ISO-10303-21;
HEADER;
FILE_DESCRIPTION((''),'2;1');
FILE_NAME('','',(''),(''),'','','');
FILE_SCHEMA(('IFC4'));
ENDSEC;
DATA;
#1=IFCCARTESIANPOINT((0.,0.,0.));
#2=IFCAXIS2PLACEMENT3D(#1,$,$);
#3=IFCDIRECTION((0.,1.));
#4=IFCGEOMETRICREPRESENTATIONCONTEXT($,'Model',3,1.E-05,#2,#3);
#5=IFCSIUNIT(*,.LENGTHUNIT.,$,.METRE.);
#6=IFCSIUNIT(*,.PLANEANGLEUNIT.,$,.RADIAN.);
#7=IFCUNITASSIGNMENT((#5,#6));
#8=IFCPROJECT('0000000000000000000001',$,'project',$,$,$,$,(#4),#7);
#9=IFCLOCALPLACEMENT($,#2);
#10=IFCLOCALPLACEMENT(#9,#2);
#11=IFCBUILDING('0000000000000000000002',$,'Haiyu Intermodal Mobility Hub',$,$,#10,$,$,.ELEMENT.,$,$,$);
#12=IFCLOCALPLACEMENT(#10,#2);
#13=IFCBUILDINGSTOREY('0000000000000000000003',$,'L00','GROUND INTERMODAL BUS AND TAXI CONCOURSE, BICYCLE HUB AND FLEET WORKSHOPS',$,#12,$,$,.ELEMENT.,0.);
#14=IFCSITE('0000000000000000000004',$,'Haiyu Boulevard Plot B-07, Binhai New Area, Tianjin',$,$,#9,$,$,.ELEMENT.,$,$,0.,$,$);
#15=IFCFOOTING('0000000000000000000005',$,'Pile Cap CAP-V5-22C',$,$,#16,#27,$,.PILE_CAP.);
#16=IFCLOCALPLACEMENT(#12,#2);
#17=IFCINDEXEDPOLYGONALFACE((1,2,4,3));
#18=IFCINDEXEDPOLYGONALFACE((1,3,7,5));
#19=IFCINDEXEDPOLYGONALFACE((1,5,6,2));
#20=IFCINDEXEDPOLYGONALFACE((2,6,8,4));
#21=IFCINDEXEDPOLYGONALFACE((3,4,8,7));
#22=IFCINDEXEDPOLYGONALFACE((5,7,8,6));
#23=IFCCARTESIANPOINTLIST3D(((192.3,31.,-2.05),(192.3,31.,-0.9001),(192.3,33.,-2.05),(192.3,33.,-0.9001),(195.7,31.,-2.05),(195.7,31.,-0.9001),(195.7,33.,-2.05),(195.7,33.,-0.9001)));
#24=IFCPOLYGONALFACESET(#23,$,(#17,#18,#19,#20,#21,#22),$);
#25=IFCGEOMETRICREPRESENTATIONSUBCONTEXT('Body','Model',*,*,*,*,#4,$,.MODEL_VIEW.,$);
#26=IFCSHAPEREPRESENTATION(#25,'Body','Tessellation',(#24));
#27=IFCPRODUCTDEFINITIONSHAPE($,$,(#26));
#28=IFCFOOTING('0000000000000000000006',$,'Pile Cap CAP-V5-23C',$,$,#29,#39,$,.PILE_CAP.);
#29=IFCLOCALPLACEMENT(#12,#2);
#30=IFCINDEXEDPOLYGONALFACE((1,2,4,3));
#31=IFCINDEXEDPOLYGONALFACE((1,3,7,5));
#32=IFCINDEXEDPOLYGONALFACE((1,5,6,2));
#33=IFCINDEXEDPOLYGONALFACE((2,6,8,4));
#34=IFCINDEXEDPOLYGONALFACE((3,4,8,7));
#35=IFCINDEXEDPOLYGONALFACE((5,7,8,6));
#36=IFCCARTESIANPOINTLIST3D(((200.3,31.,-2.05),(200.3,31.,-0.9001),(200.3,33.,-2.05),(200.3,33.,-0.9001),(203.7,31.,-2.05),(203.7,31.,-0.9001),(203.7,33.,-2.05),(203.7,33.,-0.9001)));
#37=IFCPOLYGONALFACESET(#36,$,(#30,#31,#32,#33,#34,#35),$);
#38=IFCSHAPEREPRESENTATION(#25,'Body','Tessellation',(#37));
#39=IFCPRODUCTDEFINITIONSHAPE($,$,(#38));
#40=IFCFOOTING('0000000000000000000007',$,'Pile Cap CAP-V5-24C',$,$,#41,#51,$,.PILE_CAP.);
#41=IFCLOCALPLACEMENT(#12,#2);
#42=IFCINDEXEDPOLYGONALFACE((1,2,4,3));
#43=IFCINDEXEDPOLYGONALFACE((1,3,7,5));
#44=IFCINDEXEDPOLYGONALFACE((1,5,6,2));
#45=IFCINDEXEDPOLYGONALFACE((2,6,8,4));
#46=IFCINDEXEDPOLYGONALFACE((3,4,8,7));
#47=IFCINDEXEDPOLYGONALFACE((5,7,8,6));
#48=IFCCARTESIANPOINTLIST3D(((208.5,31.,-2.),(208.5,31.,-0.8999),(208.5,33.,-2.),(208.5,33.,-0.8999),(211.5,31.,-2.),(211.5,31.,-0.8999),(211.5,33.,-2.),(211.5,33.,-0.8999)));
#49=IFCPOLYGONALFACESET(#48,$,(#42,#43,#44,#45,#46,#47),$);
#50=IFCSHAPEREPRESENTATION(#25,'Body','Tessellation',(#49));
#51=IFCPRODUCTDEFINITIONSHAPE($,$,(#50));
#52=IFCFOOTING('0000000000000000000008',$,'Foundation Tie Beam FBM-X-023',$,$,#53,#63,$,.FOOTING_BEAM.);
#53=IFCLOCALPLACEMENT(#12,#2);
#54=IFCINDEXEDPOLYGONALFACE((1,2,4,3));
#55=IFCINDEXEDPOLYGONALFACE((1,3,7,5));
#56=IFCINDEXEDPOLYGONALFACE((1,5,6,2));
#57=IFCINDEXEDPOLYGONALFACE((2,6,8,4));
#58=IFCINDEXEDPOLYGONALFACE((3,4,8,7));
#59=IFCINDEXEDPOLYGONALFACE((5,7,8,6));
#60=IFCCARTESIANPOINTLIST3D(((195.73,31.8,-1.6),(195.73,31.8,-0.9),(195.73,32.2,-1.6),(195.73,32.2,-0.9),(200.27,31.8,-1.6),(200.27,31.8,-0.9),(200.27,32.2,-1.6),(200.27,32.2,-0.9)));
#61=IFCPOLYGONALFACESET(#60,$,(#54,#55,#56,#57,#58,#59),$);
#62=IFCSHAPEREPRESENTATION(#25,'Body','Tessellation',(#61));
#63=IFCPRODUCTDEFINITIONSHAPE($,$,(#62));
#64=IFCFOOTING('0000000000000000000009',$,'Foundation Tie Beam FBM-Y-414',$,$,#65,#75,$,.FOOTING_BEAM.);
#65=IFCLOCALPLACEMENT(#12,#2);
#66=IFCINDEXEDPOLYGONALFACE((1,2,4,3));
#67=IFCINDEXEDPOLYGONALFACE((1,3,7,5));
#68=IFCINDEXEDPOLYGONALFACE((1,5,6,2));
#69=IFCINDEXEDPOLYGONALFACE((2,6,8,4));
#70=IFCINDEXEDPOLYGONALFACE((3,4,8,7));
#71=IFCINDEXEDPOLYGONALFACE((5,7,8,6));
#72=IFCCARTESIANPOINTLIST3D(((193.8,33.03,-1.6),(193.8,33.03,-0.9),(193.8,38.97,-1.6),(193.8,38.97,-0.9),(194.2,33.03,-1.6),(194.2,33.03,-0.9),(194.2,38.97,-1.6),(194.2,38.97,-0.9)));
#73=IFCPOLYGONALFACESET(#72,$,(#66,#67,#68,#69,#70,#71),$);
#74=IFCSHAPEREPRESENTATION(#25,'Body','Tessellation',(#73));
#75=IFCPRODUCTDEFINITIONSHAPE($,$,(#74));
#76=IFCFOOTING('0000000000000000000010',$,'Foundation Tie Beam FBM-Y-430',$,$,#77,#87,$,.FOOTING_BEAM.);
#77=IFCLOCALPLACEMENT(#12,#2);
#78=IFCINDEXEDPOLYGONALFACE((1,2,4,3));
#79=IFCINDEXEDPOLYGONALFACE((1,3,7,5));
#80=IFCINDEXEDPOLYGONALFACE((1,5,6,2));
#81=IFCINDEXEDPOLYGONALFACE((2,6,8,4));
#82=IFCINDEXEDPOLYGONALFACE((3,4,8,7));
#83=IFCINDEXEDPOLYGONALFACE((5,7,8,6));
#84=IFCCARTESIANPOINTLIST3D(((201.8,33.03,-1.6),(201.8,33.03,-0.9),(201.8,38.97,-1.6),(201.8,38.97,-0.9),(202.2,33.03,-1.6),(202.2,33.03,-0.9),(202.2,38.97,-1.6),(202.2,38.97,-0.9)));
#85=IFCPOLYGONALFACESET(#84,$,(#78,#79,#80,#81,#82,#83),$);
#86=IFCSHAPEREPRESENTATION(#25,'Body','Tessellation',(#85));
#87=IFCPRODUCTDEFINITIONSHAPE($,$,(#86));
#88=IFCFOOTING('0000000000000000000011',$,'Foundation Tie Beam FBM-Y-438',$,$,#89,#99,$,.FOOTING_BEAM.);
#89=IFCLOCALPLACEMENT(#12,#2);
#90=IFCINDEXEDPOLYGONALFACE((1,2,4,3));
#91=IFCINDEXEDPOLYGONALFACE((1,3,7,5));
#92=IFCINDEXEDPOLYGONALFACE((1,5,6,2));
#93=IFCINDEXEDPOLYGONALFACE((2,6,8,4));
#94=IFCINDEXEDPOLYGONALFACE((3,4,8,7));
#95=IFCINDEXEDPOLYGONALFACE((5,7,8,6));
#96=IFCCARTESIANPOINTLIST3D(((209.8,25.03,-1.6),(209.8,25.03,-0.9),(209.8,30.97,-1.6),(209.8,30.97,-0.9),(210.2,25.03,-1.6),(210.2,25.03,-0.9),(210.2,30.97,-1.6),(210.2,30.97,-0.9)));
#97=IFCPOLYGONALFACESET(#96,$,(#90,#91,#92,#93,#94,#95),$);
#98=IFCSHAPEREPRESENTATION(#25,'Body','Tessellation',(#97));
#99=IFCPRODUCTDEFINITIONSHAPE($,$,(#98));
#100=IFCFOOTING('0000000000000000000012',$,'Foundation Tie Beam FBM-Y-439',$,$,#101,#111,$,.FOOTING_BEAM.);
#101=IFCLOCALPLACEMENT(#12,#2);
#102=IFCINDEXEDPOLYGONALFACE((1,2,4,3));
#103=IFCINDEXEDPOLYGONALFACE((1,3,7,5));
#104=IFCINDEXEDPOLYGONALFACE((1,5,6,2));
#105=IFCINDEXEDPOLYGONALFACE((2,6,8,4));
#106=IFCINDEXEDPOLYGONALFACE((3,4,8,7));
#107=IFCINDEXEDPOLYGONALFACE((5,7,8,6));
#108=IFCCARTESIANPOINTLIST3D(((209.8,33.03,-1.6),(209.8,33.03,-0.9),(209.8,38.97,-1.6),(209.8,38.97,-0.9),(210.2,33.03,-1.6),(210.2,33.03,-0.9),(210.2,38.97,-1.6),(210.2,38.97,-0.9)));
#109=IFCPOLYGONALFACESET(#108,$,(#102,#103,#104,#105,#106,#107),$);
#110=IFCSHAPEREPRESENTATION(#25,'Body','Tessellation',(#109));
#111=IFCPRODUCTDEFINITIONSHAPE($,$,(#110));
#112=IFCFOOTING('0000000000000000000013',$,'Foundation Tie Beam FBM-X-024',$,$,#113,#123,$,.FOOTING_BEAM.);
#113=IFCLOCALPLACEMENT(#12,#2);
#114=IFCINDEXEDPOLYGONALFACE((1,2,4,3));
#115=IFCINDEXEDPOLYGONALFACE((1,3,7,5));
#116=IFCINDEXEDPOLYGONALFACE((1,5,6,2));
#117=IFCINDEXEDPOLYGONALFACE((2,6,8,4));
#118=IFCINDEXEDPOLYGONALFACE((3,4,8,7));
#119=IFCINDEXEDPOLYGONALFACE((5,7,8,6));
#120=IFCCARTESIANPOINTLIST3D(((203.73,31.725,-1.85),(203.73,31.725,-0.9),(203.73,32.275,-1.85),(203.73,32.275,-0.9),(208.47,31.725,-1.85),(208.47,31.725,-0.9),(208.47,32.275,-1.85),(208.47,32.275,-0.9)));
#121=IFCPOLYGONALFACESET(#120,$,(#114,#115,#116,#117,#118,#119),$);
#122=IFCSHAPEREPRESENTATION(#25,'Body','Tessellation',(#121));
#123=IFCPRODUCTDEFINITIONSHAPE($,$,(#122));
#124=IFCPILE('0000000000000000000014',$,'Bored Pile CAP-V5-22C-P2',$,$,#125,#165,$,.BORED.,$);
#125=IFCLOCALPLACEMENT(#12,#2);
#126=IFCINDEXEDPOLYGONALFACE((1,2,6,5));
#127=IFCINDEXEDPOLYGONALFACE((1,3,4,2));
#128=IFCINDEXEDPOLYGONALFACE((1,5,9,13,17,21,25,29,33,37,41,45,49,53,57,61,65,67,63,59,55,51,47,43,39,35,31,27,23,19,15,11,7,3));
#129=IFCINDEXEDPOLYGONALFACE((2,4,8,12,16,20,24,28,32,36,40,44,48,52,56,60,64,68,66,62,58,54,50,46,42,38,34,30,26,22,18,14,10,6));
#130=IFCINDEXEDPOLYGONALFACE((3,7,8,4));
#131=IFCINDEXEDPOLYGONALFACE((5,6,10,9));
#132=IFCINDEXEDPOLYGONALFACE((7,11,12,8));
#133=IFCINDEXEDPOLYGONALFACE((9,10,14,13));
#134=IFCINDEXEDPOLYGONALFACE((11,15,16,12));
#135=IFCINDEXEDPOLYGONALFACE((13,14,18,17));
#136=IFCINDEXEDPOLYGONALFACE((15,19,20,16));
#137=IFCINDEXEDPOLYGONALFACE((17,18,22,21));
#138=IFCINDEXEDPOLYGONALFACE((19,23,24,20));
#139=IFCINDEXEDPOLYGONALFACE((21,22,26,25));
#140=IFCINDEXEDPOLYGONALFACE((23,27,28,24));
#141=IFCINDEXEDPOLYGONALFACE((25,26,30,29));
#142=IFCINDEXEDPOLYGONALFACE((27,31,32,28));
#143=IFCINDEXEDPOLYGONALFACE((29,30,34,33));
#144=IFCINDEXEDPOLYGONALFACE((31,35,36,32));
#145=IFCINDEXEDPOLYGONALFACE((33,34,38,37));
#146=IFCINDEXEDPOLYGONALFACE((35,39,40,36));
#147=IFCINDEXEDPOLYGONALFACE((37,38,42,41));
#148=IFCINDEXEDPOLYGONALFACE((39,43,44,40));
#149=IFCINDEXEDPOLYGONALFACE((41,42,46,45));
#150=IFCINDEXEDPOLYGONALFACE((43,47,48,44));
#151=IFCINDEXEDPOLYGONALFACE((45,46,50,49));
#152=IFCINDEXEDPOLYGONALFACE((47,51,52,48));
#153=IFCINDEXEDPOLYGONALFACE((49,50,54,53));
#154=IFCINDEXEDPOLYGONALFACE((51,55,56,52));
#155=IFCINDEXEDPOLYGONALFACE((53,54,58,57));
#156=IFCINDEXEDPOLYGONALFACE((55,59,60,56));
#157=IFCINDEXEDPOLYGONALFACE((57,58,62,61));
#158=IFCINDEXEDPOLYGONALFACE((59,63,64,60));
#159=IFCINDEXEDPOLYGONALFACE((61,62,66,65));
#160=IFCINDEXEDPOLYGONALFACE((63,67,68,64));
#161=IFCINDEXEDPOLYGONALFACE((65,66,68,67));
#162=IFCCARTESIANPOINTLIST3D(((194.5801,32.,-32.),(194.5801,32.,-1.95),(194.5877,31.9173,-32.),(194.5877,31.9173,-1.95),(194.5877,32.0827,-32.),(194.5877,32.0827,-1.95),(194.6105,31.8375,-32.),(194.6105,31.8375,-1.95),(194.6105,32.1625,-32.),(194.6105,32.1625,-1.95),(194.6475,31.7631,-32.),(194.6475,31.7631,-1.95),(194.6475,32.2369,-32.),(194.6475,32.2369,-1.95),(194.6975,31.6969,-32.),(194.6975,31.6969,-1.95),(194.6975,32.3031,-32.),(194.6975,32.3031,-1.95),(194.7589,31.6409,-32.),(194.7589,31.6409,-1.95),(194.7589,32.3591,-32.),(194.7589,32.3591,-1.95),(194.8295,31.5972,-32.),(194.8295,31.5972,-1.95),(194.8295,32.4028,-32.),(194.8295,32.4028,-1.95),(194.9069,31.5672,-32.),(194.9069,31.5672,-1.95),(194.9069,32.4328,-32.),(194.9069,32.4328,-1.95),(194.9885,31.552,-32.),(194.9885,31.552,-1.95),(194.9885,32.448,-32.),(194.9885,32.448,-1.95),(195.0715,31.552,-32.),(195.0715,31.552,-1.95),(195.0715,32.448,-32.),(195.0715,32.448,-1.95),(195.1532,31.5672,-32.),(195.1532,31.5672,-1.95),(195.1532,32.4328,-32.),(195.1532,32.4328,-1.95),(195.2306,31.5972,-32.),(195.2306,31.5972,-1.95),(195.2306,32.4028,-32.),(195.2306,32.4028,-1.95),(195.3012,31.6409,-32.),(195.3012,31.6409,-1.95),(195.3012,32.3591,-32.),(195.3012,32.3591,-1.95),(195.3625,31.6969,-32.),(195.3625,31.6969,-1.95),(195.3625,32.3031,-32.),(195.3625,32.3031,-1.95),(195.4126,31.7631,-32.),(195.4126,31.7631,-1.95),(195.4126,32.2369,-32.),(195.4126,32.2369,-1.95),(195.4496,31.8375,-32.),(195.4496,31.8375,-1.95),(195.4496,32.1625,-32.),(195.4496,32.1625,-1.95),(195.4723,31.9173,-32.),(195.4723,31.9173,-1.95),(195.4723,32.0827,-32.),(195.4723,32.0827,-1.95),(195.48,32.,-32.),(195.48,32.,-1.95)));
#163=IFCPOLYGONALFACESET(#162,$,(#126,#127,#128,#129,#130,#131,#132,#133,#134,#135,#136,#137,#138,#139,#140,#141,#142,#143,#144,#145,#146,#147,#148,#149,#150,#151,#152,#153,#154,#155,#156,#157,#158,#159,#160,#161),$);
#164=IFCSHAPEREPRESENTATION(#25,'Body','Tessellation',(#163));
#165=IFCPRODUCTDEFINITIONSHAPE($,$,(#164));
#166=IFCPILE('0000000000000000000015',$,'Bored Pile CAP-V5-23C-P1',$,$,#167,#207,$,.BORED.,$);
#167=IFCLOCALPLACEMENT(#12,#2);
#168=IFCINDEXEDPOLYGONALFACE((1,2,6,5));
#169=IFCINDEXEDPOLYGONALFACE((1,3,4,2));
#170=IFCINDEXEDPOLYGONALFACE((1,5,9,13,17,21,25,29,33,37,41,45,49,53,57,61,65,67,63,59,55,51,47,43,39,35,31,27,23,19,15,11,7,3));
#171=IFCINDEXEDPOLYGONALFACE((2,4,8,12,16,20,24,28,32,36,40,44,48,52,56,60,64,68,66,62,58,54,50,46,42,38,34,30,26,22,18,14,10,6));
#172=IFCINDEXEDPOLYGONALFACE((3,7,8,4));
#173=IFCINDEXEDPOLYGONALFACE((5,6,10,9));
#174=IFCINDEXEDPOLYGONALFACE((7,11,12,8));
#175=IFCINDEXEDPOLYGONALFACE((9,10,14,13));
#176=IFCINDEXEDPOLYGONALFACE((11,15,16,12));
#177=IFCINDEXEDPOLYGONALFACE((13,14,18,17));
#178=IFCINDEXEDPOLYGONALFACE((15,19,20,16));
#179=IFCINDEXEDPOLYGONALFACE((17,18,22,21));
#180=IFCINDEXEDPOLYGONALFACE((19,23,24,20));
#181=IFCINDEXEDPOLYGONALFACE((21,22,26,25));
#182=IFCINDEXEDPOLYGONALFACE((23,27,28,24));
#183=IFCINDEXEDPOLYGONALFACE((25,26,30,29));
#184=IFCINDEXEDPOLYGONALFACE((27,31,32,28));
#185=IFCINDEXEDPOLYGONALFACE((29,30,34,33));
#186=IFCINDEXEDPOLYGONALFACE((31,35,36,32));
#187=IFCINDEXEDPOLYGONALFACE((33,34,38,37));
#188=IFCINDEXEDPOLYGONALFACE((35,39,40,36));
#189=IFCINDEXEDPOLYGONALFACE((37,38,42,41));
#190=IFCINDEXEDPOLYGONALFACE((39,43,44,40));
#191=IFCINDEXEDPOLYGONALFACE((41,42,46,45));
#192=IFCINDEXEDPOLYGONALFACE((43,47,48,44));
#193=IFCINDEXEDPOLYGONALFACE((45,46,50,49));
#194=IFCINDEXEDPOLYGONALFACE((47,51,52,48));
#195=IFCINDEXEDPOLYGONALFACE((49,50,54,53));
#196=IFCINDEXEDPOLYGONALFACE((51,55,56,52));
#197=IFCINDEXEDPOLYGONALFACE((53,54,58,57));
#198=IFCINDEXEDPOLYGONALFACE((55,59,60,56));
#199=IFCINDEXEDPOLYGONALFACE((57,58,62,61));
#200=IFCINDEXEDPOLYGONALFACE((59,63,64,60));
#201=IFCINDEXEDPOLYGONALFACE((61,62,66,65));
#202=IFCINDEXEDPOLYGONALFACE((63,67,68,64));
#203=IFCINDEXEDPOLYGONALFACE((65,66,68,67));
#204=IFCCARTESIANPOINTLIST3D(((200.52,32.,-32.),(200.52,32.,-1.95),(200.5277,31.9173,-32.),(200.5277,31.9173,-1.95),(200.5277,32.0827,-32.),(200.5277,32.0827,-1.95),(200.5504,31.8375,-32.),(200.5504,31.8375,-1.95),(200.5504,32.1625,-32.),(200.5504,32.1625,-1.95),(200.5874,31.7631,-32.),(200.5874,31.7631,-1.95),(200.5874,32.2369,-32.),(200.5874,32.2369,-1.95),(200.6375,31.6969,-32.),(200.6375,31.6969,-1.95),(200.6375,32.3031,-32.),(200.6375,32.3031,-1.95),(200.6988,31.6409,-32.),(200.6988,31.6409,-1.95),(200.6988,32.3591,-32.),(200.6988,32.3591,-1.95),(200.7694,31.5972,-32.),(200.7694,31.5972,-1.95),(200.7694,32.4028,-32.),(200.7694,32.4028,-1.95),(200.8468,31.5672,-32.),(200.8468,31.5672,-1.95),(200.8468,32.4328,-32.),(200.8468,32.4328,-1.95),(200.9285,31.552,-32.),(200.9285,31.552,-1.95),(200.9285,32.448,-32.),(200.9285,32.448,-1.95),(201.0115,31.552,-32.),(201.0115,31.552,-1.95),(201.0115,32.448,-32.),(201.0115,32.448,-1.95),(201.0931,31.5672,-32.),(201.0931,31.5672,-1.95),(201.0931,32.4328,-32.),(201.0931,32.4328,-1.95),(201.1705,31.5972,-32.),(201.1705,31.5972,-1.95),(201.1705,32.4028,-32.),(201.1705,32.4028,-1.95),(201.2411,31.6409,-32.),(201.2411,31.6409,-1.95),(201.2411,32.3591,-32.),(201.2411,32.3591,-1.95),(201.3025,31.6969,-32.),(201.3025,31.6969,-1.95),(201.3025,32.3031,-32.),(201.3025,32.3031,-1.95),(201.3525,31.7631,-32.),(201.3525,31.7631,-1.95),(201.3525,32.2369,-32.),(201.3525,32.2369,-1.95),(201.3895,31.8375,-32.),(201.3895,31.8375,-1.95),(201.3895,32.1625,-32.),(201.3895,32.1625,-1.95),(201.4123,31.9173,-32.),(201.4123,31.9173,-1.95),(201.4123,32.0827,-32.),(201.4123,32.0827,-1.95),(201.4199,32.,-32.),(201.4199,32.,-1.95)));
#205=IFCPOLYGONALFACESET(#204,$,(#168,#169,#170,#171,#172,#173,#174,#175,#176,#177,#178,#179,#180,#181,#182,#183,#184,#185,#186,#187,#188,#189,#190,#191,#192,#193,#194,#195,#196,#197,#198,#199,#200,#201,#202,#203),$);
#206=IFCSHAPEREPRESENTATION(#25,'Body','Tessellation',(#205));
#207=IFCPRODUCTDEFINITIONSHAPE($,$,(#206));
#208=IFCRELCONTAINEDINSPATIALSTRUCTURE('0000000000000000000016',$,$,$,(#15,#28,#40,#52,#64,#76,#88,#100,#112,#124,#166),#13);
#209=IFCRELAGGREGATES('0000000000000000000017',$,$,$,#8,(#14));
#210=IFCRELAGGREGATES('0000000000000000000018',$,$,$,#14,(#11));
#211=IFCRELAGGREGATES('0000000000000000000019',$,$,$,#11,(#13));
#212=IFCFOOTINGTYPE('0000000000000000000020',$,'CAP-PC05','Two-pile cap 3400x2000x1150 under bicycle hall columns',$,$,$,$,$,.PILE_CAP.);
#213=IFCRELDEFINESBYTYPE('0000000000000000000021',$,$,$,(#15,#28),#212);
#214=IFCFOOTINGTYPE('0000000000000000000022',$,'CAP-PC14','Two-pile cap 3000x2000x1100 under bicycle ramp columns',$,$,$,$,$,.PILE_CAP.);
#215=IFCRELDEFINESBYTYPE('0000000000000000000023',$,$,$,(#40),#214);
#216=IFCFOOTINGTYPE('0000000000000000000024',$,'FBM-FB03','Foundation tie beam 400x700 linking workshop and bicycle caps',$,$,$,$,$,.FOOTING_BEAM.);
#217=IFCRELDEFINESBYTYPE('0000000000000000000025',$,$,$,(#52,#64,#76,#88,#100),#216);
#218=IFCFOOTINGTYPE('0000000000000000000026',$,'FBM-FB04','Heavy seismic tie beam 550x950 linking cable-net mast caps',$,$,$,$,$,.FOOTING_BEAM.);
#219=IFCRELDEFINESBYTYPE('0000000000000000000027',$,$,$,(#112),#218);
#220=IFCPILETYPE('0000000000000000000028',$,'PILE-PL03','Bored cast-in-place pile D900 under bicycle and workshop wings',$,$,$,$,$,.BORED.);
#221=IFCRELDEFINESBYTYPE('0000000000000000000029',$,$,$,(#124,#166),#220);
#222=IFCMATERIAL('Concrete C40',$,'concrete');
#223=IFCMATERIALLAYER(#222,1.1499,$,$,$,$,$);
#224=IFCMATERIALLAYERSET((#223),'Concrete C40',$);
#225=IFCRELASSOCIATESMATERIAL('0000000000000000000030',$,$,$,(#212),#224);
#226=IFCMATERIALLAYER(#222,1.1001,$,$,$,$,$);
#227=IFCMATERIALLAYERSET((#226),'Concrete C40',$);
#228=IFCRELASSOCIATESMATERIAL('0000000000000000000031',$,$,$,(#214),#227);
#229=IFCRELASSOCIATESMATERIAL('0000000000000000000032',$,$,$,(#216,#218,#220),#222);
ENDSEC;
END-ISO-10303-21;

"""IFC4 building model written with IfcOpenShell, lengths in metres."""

from ifc_helpers import new_model, si_unit, direction, frame, origin, origin_2d, place, context, subcontext, project, spatial, rectangle, circle, extrude, material, layer, layer_set, material_profile, profile_set, type_object, element, save


model = new_model("IFC4")

# Units and contexts
model_context = context("Model", 3, precision=1e-05, world=origin(), true_north=direction((0.0, 1.0)))
body_context = subcontext(model_context, "Body", "Model", "MODEL_VIEW")
ifc_project = project(units=[si_unit("LENGTHUNIT", "METRE"), si_unit("PLANEANGLEUNIT", "RADIAN")], contexts=[model_context])

# Site, building, storey
site_placement = place(None, origin())
site = spatial("IfcSite", under=ifc_project, at=site_placement, Name="Haiyu Boulevard Plot B-07, Binhai New Area, Tianjin", CompositionType="ELEMENT", RefElevation=0.0)
building_placement = place(site_placement, origin())
building = spatial("IfcBuilding", under=site, at=building_placement, Name="Haiyu Intermodal Mobility Hub", CompositionType="ELEMENT")
storey_placement = place(building_placement, origin())
storey = spatial("IfcBuildingStorey", under=building, at=storey_placement, Name="L00", Description="GROUND INTERMODAL BUS AND TAXI CONCOURSE, BICYCLE HUB AND FLEET WORKSHOPS", CompositionType="ELEMENT", Elevation=0.0)

# Footings
ifc_material_1 = material(Name="Concrete C40", Category="concrete")
ifc_layer_1 = layer(ifc_material_1, 1.1499)
ifc_layer_set_1 = layer_set([ifc_layer_1], Name="Concrete C40")
footing_type_1 = type_object("IfcFootingType", Name="CAP-PC05", Description="Two-pile cap 3400x2000x1150 under bicycle hall columns", PredefinedType="PILE_CAP", material=ifc_layer_set_1)
for number, where, z_axis, x_axis, name in (
    (1, (194.0, 32.0, -2.05), (0.0, 0.0, 1.0), (1.0, 0.0, 0.0), "Pile Cap CAP-V5-22C"),
    (2, (202.0, 32.0, -2.05), (0.0, 0.0, 1.0), (1.0, 0.0, 0.0), "Pile Cap CAP-V5-23C"),
):
    element("IfcFooting", number, at=place(storey_placement, frame(where, z_axis=z_axis, x_axis=x_axis)), inside=storey, type_object=footing_type_1, Name=name, PredefinedType="PILE_CAP", context=body_context, shape_type="SweptSolid", body=[
        extrude(rectangle(XDim=3.3999, YDim=2.0, at=origin_2d()), origin(), (0.0, 0.0, 1.0), 1.1499),
    ])
ifc_layer_2 = layer(ifc_material_1, 1.1001)
ifc_layer_set_2 = layer_set([ifc_layer_2], Name="Concrete C40")
footing_type_2 = type_object("IfcFootingType", Name="CAP-PC14", Description="Two-pile cap 3000x2000x1100 under bicycle ramp columns", PredefinedType="PILE_CAP", material=ifc_layer_set_2)
footing_1_placement = place(storey_placement, frame((210.0, 32.0, -2.0), z_axis=(0.0, 0.0, 1.0), x_axis=(1.0, 0.0, 0.0)))
element("IfcFooting", 3, at=footing_1_placement, inside=storey, type_object=footing_type_2, Name="Pile Cap CAP-V5-24C", PredefinedType="PILE_CAP", context=body_context, shape_type="SweptSolid", body=[
    extrude(rectangle(XDim=3.0, YDim=2.0, at=origin_2d()), origin(), (0.0, 0.0, 1.0), 1.1001),
])
ifc_material_profile_1 = material_profile(ifc_material_1, rectangle(XDim=0.3999, YDim=0.7, at=origin_2d()), Name="FB400x700")
ifc_profile_set_1 = profile_set([ifc_material_profile_1], Name="Concrete C40")
footing_type_3 = type_object("IfcFootingType", Name="FBM-FB03", Description="Foundation tie beam 400x700 linking workshop and bicycle caps", PredefinedType="FOOTING_BEAM", material=ifc_profile_set_1)
footing_2_placement = place(storey_placement, frame((195.73, 32.0, -1.25), z_axis=(1.0, 0.0, 0.0), x_axis=(0.0, 1.0, 0.0)))
element("IfcFooting", 4, at=footing_2_placement, inside=storey, type_object=footing_type_3, Name="Foundation Tie Beam FBM-X-023", PredefinedType="FOOTING_BEAM", context=body_context, shape_type="SweptSolid", body=[
    extrude(rectangle(XDim=0.3999, YDim=0.7, at=origin_2d()), origin(), (0.0, 0.0, 1.0), 4.54),
])
for number, where, z_axis, x_axis, name in (
    (5, (194.0, 33.03, -1.25), (0.0, 1.0, 0.0), (-1.0, 0.0, 0.0), "Foundation Tie Beam FBM-Y-414"),
    (6, (202.0, 33.03, -1.25), (0.0, 1.0, 0.0), (-1.0, 0.0, 0.0), "Foundation Tie Beam FBM-Y-430"),
    (7, (210.0, 25.03, -1.25), (0.0, 1.0, 0.0), (-1.0, 0.0, 0.0), "Foundation Tie Beam FBM-Y-438"),
    (8, (210.0, 33.03, -1.25), (0.0, 1.0, 0.0), (-1.0, 0.0, 0.0), "Foundation Tie Beam FBM-Y-439"),
):
    element("IfcFooting", number, at=place(storey_placement, frame(where, z_axis=z_axis, x_axis=x_axis)), inside=storey, type_object=footing_type_3, Name=name, PredefinedType="FOOTING_BEAM", context=body_context, shape_type="SweptSolid", body=[
        extrude(rectangle(XDim=0.3999, YDim=0.7, at=origin_2d()), origin(), (0.0, 0.0, 1.0), 5.9399),
    ])
ifc_material_profile_2 = material_profile(ifc_material_1, rectangle(XDim=0.55, YDim=0.95, at=origin_2d()), Name="FB550x950")
ifc_profile_set_2 = profile_set([ifc_material_profile_2], Name="Concrete C40")
footing_type_4 = type_object("IfcFootingType", Name="FBM-FB04", Description="Heavy seismic tie beam 550x950 linking cable-net mast caps", PredefinedType="FOOTING_BEAM", material=ifc_profile_set_2)
footing_3_placement = place(storey_placement, frame((203.73, 32.0, -1.375), z_axis=(1.0, 0.0, 0.0), x_axis=(0.0, 1.0, 0.0)))
element("IfcFooting", 9, at=footing_3_placement, inside=storey, type_object=footing_type_4, Name="Foundation Tie Beam FBM-X-024", PredefinedType="FOOTING_BEAM", context=body_context, shape_type="SweptSolid", body=[
    extrude(rectangle(XDim=0.55, YDim=0.95, at=origin_2d()), origin(), (0.0, 0.0, 1.0), 4.74),
])

# Piles
ifc_material_profile_3 = material_profile(ifc_material_1, circle(Radius=0.45, at=origin_2d()), Name="PILE-D900")
ifc_profile_set_3 = profile_set([ifc_material_profile_3], Name="Concrete C40")
pile_type = type_object("IfcPileType", Name="PILE-PL03", Description="Bored cast-in-place pile D900 under bicycle and workshop wings", PredefinedType="BORED", material=ifc_profile_set_3)
for number, where, z_axis, x_axis, name in (
    (10, (195.03, 32.0, -1.95), (0.0, 0.0, -1.0), (1.0, 0.0, 0.0), "Bored Pile CAP-V5-22C-P2"),
    (11, (200.97, 32.0, -1.95), (0.0, 0.0, -1.0), (1.0, 0.0, 0.0), "Bored Pile CAP-V5-23C-P1"),
):
    element("IfcPile", number, at=place(storey_placement, frame(where, z_axis=z_axis, x_axis=x_axis)), inside=storey, type_object=pile_type, Name=name, PredefinedType="BORED", context=body_context, shape_type="SweptSolid", body=[
        extrude(circle(Radius=0.45, at=origin_2d()), origin(), (0.0, 0.0, 1.0), 30.05),
    ])

save(model, "model.ifc")
